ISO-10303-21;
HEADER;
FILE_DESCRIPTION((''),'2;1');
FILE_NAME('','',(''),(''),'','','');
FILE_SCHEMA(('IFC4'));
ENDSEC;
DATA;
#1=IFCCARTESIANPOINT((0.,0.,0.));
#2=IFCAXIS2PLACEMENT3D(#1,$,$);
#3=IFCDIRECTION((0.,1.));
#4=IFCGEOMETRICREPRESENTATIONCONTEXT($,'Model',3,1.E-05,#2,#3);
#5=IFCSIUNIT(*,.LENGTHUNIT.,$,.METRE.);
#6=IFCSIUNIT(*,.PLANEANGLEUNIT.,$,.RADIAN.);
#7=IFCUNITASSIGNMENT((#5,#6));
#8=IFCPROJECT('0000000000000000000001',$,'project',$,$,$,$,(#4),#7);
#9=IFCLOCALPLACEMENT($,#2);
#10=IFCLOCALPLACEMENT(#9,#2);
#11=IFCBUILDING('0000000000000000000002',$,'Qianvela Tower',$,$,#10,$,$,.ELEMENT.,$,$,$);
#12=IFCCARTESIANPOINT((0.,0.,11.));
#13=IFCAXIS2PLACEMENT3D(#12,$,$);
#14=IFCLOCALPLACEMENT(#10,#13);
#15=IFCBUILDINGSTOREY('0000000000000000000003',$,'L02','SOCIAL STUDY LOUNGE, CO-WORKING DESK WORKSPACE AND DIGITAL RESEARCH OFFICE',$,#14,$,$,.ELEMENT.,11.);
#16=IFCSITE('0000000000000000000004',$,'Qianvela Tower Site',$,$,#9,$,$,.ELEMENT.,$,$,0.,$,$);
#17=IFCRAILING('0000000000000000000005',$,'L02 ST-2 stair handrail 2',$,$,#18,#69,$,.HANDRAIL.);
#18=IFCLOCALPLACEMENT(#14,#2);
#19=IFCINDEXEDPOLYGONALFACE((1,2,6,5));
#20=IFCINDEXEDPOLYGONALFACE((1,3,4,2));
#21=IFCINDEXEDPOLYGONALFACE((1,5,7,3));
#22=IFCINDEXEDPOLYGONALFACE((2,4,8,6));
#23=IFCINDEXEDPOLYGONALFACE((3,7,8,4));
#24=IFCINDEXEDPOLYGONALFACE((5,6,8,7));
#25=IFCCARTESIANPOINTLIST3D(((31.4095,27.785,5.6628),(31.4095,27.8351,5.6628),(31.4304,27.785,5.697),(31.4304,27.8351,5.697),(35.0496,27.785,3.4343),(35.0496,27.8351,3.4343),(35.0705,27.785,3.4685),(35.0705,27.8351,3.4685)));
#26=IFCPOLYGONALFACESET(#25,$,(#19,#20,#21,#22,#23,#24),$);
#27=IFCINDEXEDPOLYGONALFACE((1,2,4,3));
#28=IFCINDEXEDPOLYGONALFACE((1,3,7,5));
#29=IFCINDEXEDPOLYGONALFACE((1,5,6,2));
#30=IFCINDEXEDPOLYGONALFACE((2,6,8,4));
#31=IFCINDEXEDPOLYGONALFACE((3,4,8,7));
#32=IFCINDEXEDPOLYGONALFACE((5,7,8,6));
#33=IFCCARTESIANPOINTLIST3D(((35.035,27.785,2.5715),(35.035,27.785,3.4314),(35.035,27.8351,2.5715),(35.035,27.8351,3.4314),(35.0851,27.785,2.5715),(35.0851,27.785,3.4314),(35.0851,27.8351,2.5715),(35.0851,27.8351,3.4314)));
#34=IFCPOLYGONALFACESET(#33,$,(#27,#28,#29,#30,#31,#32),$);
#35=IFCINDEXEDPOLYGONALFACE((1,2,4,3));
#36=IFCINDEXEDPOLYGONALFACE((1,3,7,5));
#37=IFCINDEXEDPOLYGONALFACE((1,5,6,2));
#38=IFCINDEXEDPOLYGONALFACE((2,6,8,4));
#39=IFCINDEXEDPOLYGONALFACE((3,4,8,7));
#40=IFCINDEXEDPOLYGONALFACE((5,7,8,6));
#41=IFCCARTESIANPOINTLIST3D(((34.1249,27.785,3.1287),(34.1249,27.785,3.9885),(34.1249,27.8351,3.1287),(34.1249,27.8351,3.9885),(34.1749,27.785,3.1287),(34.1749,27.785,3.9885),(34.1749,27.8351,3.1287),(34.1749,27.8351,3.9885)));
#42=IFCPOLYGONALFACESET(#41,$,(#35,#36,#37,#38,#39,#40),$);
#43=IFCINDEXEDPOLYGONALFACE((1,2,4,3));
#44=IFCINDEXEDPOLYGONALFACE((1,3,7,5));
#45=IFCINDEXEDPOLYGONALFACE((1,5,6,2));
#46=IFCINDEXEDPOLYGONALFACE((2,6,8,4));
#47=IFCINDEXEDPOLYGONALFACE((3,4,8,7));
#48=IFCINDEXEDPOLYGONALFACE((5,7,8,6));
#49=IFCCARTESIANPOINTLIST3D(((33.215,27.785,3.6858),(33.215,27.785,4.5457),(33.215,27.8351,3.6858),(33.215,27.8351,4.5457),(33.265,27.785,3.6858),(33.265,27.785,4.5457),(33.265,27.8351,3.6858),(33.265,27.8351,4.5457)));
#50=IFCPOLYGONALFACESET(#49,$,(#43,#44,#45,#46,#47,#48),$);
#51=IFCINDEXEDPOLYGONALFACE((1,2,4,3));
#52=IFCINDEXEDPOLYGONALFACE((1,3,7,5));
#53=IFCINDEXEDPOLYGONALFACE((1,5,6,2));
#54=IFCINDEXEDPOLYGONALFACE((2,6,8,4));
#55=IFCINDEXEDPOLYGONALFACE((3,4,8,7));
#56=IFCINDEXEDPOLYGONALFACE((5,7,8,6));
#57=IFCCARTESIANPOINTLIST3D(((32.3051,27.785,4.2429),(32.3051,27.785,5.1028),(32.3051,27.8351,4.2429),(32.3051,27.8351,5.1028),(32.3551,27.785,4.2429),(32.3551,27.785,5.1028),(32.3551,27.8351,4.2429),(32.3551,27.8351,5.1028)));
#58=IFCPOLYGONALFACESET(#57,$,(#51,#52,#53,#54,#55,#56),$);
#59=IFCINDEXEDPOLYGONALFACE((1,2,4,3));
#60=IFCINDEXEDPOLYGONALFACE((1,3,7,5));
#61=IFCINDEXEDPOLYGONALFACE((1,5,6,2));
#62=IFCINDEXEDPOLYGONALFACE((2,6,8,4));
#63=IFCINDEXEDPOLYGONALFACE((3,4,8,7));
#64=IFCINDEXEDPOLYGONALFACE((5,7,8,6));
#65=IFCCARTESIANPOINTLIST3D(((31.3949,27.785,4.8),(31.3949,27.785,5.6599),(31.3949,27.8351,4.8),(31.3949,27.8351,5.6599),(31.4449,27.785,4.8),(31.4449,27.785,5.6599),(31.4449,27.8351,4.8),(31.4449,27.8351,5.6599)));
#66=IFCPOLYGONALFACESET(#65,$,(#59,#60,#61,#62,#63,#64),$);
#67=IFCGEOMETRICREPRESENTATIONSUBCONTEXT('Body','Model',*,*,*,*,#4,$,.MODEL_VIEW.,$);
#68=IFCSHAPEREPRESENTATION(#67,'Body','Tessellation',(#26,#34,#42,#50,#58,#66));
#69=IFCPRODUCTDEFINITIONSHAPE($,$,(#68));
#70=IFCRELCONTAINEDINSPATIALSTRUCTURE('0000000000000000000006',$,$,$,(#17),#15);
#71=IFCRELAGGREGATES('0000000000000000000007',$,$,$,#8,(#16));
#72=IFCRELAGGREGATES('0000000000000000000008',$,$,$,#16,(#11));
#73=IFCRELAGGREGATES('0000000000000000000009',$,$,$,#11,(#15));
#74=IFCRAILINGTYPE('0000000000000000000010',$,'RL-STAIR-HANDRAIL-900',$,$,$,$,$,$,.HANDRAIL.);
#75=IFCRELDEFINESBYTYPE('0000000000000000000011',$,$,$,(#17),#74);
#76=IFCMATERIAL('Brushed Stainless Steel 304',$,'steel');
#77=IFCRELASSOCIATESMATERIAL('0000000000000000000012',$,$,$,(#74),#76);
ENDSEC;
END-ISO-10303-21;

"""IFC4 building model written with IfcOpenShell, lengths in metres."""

from ifc_helpers import new_model, si_unit, direction, frame, origin, origin_2d, place, context, subcontext, project, spatial, rectangle, extrude, material, type_object, element, save


model = new_model("IFC4")

# Units and contexts
model_context = context("Model", 3, precision=1e-05, world=origin(), true_north=direction((0.0, 1.0)))
body_context = subcontext(model_context, "Body", "Model", "MODEL_VIEW")
ifc_project = project(units=[si_unit("LENGTHUNIT", "METRE"), si_unit("PLANEANGLEUNIT", "RADIAN")], contexts=[model_context])

# Site, building, storey
site_placement = place(None, origin())
site = spatial("IfcSite", under=ifc_project, at=site_placement, Name="Qianvela Tower Site", CompositionType="ELEMENT", RefElevation=0.0)
building_placement = place(site_placement, origin())
building = spatial("IfcBuilding", under=site, at=building_placement, Name="Qianvela Tower", CompositionType="ELEMENT")
storey_placement = place(building_placement, frame((0.0, 0.0, 11.0)))
storey = spatial("IfcBuildingStorey", under=building, at=storey_placement, Name="L02", Description="SOCIAL STUDY LOUNGE, CO-WORKING DESK WORKSPACE AND DIGITAL RESEARCH OFFICE", CompositionType="ELEMENT", Elevation=11.0)

# Railing
ifc_material_1 = material(Name="Brushed Stainless Steel 304", Category="steel")
railing_type_1 = type_object("IfcRailingType", Name="RL-STAIR-HANDRAIL-900", PredefinedType="HANDRAIL", material=ifc_material_1)
for number, where, name in (
    (1, (35.0601, 27.8101, 2.5715), "L02 ST-2 stair handrail 2"),
):
    element("IfcRailing", number, at=place(storey_placement, frame(where)), inside=storey, type_object=railing_type_1, Name=name, PredefinedType="HANDRAIL", context=body_context, shape_type="SweptSolid", body=[
        extrude(rectangle(XDim=0.05, YDim=0.04, at=origin_2d()), frame((0.0, 0.0, 0.8799), z_axis=(-0.852866, 0.0, 0.52213), x_axis=(0.0, -1.0, 0.0)), (0.0, 0.0, 1.0), 4.2681),
        extrude(rectangle(XDim=0.05, YDim=0.05, at=origin_2d()), origin(), (0.0, 0.0, 1.0), 0.8599),
        extrude(rectangle(XDim=0.05, YDim=0.05, at=origin_2d()), frame((-0.9102, 0.0, 0.5571)), (0.0, 0.0, 1.0), 0.8599),
        extrude(rectangle(XDim=0.05, YDim=0.05, at=origin_2d()), frame((-1.8201, 0.0, 1.1143)), (0.0, 0.0, 1.0), 0.8599),
        extrude(rectangle(XDim=0.05, YDim=0.05, at=origin_2d()), frame((-2.73, 0.0, 1.6714)), (0.0, 0.0, 1.0), 0.8599),
        extrude(rectangle(XDim=0.05, YDim=0.05, at=origin_2d()), frame((-3.6401, 0.0, 2.2285)), (0.0, 0.0, 1.0), 0.8599),
    ])

save(model, "model.ifc")
